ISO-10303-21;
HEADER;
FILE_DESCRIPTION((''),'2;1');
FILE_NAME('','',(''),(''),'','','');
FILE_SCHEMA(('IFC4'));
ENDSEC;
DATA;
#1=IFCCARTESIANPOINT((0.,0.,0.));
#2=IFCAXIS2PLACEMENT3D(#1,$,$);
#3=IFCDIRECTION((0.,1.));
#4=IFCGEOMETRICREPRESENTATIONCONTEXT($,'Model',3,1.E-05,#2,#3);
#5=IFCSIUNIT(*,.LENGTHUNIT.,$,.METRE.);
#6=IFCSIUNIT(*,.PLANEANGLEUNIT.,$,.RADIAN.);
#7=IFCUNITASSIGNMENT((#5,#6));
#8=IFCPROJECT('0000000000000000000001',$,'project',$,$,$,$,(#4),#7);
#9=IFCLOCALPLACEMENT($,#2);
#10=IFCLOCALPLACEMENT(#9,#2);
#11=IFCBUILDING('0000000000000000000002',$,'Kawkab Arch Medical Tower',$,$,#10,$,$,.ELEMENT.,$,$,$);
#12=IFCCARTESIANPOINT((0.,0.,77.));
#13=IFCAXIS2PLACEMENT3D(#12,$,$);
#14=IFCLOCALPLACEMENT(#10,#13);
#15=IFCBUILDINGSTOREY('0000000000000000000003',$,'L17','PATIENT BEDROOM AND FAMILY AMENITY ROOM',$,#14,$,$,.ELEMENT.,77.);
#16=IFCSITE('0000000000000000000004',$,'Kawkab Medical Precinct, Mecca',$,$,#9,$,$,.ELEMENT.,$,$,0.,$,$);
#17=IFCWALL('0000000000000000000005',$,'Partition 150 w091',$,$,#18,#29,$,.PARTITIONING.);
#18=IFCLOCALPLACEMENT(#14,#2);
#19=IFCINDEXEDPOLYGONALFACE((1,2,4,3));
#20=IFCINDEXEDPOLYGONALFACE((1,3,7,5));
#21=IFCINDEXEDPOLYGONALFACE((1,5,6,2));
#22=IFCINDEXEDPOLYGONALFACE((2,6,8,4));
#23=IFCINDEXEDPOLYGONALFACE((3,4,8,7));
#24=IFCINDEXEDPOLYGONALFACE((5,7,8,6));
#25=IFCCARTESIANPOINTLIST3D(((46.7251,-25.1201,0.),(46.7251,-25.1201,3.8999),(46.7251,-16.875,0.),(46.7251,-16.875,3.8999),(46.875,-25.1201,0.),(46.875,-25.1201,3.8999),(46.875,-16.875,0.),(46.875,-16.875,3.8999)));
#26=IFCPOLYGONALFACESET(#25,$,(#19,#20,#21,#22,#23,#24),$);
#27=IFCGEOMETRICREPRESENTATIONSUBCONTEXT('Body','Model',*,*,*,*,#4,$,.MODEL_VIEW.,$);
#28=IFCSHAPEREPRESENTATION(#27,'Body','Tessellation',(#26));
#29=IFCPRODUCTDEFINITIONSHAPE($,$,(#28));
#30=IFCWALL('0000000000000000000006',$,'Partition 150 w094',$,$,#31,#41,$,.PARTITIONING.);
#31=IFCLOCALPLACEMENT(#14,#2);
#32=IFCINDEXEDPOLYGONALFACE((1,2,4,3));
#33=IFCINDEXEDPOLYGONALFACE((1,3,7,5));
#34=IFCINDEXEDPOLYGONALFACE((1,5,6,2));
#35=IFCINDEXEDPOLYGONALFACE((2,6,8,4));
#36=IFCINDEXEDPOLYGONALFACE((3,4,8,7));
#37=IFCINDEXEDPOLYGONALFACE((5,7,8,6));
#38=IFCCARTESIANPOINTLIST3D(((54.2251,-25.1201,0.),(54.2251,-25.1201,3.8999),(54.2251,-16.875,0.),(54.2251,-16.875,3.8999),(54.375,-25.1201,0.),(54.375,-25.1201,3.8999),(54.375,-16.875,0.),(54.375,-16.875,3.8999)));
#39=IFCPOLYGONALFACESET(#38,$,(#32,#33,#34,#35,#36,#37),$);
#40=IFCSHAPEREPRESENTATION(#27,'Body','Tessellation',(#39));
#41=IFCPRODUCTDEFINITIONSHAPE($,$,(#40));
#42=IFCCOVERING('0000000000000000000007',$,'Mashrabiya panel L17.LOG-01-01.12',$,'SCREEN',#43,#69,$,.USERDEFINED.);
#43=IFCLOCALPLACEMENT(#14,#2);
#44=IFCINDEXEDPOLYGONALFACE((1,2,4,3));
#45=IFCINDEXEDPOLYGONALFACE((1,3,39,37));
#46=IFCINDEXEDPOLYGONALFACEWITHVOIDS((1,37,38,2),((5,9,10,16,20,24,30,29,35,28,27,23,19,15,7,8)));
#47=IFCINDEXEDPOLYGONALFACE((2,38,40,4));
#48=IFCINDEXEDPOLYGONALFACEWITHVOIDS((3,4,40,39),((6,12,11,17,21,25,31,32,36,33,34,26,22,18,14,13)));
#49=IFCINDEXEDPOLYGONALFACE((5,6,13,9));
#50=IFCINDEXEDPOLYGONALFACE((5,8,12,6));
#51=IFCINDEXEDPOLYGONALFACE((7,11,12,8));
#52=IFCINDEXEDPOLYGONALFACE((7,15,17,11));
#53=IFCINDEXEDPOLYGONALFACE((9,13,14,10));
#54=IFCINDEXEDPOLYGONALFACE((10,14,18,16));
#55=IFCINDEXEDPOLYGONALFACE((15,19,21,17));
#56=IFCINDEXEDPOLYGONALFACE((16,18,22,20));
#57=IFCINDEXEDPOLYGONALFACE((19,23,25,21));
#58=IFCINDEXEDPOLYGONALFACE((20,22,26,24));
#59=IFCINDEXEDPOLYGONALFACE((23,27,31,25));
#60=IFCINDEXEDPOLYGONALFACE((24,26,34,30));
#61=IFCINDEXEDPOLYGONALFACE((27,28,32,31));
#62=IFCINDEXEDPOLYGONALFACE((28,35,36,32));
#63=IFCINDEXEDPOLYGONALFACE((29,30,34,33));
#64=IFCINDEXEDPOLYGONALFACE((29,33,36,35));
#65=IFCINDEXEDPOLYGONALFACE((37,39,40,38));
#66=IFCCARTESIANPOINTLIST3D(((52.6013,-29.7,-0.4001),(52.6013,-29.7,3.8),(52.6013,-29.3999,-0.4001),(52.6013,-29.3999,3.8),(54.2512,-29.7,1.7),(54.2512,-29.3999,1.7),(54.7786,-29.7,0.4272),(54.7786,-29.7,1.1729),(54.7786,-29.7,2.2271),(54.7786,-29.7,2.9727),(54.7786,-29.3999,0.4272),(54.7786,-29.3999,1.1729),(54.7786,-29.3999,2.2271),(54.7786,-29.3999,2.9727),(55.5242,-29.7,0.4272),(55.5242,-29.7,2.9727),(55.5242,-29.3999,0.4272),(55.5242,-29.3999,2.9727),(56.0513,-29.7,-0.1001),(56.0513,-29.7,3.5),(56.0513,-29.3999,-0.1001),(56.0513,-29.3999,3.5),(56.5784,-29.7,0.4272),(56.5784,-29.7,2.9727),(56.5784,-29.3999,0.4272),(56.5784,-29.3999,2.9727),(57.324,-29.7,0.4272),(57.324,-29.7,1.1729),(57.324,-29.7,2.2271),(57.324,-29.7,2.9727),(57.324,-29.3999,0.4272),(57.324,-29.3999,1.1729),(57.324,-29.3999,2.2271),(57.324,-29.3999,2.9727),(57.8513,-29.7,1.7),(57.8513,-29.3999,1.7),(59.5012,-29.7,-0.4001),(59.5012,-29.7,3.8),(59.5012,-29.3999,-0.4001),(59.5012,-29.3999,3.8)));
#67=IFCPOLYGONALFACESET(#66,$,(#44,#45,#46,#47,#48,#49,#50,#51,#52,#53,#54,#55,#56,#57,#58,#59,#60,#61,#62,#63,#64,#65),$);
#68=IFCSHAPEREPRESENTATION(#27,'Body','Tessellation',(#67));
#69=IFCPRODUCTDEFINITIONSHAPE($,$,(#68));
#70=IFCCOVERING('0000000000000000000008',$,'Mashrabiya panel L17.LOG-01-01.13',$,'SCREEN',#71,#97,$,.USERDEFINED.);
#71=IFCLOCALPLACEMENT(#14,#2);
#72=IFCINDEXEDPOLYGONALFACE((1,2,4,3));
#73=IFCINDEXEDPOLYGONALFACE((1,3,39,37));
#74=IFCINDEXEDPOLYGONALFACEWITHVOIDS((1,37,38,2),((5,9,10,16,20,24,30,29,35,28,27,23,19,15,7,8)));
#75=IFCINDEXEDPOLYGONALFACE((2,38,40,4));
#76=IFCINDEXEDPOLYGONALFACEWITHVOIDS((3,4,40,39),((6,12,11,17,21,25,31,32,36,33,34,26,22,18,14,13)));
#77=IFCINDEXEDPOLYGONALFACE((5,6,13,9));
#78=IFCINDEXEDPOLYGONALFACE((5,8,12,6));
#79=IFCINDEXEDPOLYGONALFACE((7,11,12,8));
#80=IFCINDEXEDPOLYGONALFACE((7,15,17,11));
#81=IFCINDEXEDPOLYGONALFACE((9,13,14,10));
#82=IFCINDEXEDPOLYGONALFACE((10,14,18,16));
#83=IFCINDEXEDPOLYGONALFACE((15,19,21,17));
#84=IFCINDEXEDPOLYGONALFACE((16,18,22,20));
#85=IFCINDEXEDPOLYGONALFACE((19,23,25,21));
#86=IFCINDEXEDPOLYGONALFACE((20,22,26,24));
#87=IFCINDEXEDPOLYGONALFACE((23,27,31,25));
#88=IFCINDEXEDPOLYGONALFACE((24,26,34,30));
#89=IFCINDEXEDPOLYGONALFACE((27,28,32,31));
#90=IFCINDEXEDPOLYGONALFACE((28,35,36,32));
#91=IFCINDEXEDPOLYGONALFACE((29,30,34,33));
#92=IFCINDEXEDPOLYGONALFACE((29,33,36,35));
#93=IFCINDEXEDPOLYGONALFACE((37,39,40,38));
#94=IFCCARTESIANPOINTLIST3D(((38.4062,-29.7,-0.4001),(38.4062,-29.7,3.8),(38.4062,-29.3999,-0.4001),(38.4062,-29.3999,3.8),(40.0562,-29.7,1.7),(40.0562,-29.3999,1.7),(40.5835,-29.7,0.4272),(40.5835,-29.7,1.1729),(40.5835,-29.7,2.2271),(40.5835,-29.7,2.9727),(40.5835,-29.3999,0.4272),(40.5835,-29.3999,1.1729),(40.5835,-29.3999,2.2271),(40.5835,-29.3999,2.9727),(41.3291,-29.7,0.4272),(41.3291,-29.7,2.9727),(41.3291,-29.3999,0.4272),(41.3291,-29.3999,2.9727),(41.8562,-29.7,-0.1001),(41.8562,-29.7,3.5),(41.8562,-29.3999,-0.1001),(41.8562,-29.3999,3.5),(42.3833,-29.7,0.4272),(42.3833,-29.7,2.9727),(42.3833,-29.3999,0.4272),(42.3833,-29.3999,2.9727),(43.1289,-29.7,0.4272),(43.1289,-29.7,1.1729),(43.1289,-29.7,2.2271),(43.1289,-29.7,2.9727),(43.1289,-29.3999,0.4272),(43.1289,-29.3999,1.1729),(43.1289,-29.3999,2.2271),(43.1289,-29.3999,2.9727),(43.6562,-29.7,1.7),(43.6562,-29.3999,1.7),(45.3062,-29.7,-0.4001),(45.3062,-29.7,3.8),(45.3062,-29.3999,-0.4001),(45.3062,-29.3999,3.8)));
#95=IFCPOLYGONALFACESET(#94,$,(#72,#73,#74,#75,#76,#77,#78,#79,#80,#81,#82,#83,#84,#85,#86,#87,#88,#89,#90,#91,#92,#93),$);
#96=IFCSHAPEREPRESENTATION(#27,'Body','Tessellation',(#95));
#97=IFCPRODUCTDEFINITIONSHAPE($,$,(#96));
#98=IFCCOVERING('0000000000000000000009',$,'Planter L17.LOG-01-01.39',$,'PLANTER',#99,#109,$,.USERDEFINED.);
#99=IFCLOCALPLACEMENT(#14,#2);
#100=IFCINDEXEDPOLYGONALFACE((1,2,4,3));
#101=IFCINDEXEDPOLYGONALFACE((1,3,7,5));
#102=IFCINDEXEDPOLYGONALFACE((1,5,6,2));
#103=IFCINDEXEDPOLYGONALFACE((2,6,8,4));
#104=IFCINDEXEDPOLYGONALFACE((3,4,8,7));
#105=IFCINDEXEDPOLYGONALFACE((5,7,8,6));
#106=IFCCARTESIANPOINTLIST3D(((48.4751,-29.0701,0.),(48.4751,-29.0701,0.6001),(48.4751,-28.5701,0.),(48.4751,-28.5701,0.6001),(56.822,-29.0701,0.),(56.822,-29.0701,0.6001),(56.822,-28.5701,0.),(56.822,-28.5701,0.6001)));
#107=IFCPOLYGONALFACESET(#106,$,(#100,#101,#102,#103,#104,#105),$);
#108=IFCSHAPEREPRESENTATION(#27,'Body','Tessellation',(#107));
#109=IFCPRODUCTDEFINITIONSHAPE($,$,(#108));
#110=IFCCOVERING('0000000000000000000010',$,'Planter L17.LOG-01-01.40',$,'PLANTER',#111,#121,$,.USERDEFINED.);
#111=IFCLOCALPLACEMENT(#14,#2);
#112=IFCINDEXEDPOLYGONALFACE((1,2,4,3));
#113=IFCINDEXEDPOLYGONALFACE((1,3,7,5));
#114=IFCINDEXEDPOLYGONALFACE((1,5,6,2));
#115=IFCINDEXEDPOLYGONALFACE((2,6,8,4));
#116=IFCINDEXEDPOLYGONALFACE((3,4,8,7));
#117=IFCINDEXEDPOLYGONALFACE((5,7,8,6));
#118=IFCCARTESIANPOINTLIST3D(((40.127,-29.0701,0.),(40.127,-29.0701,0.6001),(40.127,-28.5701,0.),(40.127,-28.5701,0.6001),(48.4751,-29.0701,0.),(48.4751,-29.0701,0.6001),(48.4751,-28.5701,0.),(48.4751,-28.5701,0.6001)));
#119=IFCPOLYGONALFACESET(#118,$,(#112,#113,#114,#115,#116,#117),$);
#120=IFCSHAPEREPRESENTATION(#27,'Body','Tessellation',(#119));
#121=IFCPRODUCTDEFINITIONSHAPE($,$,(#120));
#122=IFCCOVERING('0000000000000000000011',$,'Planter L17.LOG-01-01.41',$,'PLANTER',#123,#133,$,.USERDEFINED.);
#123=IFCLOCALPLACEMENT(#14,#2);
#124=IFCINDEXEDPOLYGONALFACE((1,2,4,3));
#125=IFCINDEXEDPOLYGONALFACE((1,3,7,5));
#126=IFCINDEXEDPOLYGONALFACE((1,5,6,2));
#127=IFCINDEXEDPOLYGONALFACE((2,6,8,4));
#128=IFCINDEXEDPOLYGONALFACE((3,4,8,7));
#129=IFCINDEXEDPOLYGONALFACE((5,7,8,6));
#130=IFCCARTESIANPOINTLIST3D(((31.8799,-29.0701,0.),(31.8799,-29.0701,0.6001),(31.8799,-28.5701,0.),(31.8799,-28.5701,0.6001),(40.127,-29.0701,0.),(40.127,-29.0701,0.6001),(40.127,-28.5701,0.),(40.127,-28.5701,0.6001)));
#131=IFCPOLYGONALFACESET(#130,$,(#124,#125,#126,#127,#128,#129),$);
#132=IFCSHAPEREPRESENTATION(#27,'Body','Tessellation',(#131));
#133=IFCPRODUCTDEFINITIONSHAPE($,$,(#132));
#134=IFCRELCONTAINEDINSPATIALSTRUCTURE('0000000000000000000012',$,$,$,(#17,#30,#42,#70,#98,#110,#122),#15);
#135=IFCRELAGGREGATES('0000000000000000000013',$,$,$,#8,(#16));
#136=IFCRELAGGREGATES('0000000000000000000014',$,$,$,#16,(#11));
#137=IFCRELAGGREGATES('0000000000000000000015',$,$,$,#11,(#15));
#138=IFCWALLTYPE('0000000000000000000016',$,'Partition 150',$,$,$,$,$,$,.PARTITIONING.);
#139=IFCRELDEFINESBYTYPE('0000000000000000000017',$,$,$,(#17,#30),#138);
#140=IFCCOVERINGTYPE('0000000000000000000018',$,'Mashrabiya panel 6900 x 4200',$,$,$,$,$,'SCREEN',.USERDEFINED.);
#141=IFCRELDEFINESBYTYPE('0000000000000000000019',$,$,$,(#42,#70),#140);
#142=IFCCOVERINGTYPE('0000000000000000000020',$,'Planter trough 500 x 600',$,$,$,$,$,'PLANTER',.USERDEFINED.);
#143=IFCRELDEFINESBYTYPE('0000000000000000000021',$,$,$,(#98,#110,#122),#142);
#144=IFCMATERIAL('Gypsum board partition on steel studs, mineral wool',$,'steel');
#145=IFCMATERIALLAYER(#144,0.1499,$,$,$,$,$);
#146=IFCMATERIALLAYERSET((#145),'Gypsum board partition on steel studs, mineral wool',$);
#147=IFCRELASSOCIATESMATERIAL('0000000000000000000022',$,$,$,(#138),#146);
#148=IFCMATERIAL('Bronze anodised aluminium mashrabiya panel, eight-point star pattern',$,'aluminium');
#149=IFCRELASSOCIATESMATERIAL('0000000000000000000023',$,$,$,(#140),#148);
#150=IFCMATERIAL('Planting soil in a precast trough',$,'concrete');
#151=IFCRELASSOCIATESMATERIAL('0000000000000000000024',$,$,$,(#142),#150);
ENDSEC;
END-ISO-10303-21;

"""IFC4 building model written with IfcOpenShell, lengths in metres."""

from ifc_helpers import new_model, si_unit, direction, frame, frame_2d, origin, origin_2d, place, context, subcontext, project, spatial, polyline, rectangle, outline, extrude, material, layer, layer_set, material_profile, profile_set, type_object, element, save


model = new_model("IFC4")

# Units and contexts
model_context = context("Model", 3, precision=1e-05, world=origin(), true_north=direction((0.0, 1.0)))
body_context = subcontext(model_context, "Body", "Model", "MODEL_VIEW")
ifc_project = project(units=[si_unit("LENGTHUNIT", "METRE"), si_unit("PLANEANGLEUNIT", "RADIAN")], contexts=[model_context])

# Site, building, storey
site_placement = place(None, origin())
site = spatial("IfcSite", under=ifc_project, at=site_placement, Name="Kawkab Medical Precinct, Mecca", CompositionType="ELEMENT", RefElevation=0.0)
building_placement = place(site_placement, origin())
building = spatial("IfcBuilding", under=site, at=building_placement, Name="Kawkab Arch Medical Tower", CompositionType="ELEMENT")
storey_placement = place(building_placement, frame((0.0, 0.0, 77.0)))
storey = spatial("IfcBuildingStorey", under=building, at=storey_placement, Name="L17", Description="PATIENT BEDROOM AND FAMILY AMENITY ROOM", CompositionType="ELEMENT", Elevation=77.0)

# Walls
ifc_material_1 = material(Name="Gypsum board partition on steel studs, mineral wool", Category="steel")
ifc_layer_1 = layer(ifc_material_1, 0.1499)
ifc_layer_set_1 = layer_set([ifc_layer_1], Name="Gypsum board partition on steel studs, mineral wool")
wall_type_1 = type_object("IfcWallType", Name="Partition 150", PredefinedType="PARTITIONING", material=ifc_layer_set_1)
for number, where, z_axis, x_axis, name in (
    (1, (46.8, -25.1201, 0.0), (0.0, 0.0, 1.0), (0.0, 1.0, 0.0), "Partition 150 w091"),
    (2, (54.3, -25.1201, 0.0), (0.0, 0.0, 1.0), (0.0, 1.0, 0.0), "Partition 150 w094"),
):
    element("IfcWall", number, at=place(storey_placement, frame(where, z_axis=z_axis, x_axis=x_axis)), inside=storey, type_object=wall_type_1, Name=name, PredefinedType="PARTITIONING", context=body_context, shape_type="SweptSolid", body=[
        extrude(rectangle(XDim=8.2451, YDim=0.1499, at=frame_2d((4.1226, 0.0))), origin(), (0.0, 0.0, 1.0), 3.8999),
    ])

# Coverings
ifc_material_2 = material(Name="Bronze anodised aluminium mashrabiya panel, eight-point star pattern", Category="aluminium")
ifc_material_profile_1 = material_profile(ifc_material_2, outline(polyline([(-3.45, -2.1001), (3.45, -2.1001), (3.45, 2.1001), (-3.45, 2.1001), (-3.45, -2.1001)]), holes=[polyline([(1.8, 0.0), (1.2727, 0.5271), (1.2727, 1.2727), (0.5271, 1.2727), (0.0, 1.8), (-0.5271, 1.2727), (-1.2727, 1.2727), (-1.2727, 0.5271), (-1.8, 0.0), (-1.2727, -0.5271), (-1.2727, -1.2727), (-0.5271, -1.2727), (0.0, -1.8), (0.5271, -1.2727), (1.2727, -1.2727), (1.2727, -0.5271), (1.8, 0.0)])]), Name="Mashrabiya panel 6900x4200")
ifc_profile_set_1 = profile_set([ifc_material_profile_1], Name="Bronze anodised aluminium mashrabiya panel, eight-point star pattern")
covering_type_1 = type_object("IfcCoveringType", Name="Mashrabiya panel 6900 x 4200", ElementType="SCREEN", PredefinedType="USERDEFINED", material=ifc_profile_set_1)
for number, where, z_axis, x_axis, name in (
    (3, (56.0513, -29.3999, 1.7), (0.0, -1.0, 0.0), (1.0, 0.0, 0.0), "Mashrabiya panel L17.LOG-01-01.12"),
    (4, (41.8562, -29.3999, 1.7), (0.0, -1.0, 0.0), (1.0, 0.0, 0.0), "Mashrabiya panel L17.LOG-01-01.13"),
):
    element("IfcCovering", number, at=place(storey_placement, frame(where, z_axis=z_axis, x_axis=x_axis)), inside=storey, type_object=covering_type_1, Name=name, ObjectType="SCREEN", PredefinedType="USERDEFINED", context=body_context, shape_type="SweptSolid", body=[
        extrude(outline(polyline([(-3.45, -2.1001), (3.45, -2.1001), (3.45, 2.1001), (-3.45, 2.1001), (-3.45, -2.1001)]), holes=[polyline([(1.8, 0.0), (1.2727, 0.5271), (1.2727, 1.2727), (0.5271, 1.2727), (0.0, 1.8), (-0.5271, 1.2727), (-1.2727, 1.2727), (-1.2727, 0.5271), (-1.8, 0.0), (-1.2727, -0.5271), (-1.2727, -1.2727), (-0.5271, -1.2727), (0.0, -1.8), (0.5271, -1.2727), (1.2727, -1.2727), (1.2727, -0.5271), (1.8, 0.0)])]), origin(), (0.0, 0.0, 1.0), 0.3),
    ])
ifc_material_3 = material(Name="Planting soil in a precast trough", Category="concrete")
ifc_material_profile_2 = material_profile(ifc_material_3, rectangle(XDim=0.5, YDim=0.6001, at=origin_2d()), Name="Trough 500x600")
ifc_profile_set_2 = profile_set([ifc_material_profile_2], Name="Planting soil in a precast trough")
covering_type_2 = type_object("IfcCoveringType", Name="Planter trough 500 x 600", ElementType="PLANTER", PredefinedType="USERDEFINED", material=ifc_profile_set_2)
covering_1_placement = place(storey_placement, frame((56.822, -28.8201, 0.3), z_axis=(-1.0, 0.0, 0.0), x_axis=(0.0, -1.0, 0.0)))
element("IfcCovering", 5, at=covering_1_placement, inside=storey, type_object=covering_type_2, Name="Planter L17.LOG-01-01.39", ObjectType="PLANTER", PredefinedType="USERDEFINED", context=body_context, shape_type="SweptSolid", body=[
    extrude(rectangle(XDim=0.5, YDim=0.6001, at=origin_2d()), origin(), (0.0, 0.0, 1.0), 8.3469),
])
covering_2_placement = place(storey_placement, frame((48.4751, -28.8201, 0.3), z_axis=(-1.0, 0.0, 0.0), x_axis=(0.0, -1.0, 0.0)))
element("IfcCovering", 6, at=covering_2_placement, inside=storey, type_object=covering_type_2, Name="Planter L17.LOG-01-01.40", ObjectType="PLANTER", PredefinedType="USERDEFINED", context=body_context, shape_type="SweptSolid", body=[
    extrude(rectangle(XDim=0.5, YDim=0.6001, at=origin_2d()), origin(), (0.0, 0.0, 1.0), 8.3481),
])
covering_3_placement = place(storey_placement, frame((40.127, -28.8201, 0.3), z_axis=(-1.0, 0.0, 0.0), x_axis=(0.0, -1.0, 0.0)))
element("IfcCovering", 7, at=covering_3_placement, inside=storey, type_object=covering_type_2, Name="Planter L17.LOG-01-01.41", ObjectType="PLANTER", PredefinedType="USERDEFINED", context=body_context, shape_type="SweptSolid", body=[
    extrude(rectangle(XDim=0.5, YDim=0.6001, at=origin_2d()), origin(), (0.0, 0.0, 1.0), 8.2471),
])

save(model, "model.ifc")
